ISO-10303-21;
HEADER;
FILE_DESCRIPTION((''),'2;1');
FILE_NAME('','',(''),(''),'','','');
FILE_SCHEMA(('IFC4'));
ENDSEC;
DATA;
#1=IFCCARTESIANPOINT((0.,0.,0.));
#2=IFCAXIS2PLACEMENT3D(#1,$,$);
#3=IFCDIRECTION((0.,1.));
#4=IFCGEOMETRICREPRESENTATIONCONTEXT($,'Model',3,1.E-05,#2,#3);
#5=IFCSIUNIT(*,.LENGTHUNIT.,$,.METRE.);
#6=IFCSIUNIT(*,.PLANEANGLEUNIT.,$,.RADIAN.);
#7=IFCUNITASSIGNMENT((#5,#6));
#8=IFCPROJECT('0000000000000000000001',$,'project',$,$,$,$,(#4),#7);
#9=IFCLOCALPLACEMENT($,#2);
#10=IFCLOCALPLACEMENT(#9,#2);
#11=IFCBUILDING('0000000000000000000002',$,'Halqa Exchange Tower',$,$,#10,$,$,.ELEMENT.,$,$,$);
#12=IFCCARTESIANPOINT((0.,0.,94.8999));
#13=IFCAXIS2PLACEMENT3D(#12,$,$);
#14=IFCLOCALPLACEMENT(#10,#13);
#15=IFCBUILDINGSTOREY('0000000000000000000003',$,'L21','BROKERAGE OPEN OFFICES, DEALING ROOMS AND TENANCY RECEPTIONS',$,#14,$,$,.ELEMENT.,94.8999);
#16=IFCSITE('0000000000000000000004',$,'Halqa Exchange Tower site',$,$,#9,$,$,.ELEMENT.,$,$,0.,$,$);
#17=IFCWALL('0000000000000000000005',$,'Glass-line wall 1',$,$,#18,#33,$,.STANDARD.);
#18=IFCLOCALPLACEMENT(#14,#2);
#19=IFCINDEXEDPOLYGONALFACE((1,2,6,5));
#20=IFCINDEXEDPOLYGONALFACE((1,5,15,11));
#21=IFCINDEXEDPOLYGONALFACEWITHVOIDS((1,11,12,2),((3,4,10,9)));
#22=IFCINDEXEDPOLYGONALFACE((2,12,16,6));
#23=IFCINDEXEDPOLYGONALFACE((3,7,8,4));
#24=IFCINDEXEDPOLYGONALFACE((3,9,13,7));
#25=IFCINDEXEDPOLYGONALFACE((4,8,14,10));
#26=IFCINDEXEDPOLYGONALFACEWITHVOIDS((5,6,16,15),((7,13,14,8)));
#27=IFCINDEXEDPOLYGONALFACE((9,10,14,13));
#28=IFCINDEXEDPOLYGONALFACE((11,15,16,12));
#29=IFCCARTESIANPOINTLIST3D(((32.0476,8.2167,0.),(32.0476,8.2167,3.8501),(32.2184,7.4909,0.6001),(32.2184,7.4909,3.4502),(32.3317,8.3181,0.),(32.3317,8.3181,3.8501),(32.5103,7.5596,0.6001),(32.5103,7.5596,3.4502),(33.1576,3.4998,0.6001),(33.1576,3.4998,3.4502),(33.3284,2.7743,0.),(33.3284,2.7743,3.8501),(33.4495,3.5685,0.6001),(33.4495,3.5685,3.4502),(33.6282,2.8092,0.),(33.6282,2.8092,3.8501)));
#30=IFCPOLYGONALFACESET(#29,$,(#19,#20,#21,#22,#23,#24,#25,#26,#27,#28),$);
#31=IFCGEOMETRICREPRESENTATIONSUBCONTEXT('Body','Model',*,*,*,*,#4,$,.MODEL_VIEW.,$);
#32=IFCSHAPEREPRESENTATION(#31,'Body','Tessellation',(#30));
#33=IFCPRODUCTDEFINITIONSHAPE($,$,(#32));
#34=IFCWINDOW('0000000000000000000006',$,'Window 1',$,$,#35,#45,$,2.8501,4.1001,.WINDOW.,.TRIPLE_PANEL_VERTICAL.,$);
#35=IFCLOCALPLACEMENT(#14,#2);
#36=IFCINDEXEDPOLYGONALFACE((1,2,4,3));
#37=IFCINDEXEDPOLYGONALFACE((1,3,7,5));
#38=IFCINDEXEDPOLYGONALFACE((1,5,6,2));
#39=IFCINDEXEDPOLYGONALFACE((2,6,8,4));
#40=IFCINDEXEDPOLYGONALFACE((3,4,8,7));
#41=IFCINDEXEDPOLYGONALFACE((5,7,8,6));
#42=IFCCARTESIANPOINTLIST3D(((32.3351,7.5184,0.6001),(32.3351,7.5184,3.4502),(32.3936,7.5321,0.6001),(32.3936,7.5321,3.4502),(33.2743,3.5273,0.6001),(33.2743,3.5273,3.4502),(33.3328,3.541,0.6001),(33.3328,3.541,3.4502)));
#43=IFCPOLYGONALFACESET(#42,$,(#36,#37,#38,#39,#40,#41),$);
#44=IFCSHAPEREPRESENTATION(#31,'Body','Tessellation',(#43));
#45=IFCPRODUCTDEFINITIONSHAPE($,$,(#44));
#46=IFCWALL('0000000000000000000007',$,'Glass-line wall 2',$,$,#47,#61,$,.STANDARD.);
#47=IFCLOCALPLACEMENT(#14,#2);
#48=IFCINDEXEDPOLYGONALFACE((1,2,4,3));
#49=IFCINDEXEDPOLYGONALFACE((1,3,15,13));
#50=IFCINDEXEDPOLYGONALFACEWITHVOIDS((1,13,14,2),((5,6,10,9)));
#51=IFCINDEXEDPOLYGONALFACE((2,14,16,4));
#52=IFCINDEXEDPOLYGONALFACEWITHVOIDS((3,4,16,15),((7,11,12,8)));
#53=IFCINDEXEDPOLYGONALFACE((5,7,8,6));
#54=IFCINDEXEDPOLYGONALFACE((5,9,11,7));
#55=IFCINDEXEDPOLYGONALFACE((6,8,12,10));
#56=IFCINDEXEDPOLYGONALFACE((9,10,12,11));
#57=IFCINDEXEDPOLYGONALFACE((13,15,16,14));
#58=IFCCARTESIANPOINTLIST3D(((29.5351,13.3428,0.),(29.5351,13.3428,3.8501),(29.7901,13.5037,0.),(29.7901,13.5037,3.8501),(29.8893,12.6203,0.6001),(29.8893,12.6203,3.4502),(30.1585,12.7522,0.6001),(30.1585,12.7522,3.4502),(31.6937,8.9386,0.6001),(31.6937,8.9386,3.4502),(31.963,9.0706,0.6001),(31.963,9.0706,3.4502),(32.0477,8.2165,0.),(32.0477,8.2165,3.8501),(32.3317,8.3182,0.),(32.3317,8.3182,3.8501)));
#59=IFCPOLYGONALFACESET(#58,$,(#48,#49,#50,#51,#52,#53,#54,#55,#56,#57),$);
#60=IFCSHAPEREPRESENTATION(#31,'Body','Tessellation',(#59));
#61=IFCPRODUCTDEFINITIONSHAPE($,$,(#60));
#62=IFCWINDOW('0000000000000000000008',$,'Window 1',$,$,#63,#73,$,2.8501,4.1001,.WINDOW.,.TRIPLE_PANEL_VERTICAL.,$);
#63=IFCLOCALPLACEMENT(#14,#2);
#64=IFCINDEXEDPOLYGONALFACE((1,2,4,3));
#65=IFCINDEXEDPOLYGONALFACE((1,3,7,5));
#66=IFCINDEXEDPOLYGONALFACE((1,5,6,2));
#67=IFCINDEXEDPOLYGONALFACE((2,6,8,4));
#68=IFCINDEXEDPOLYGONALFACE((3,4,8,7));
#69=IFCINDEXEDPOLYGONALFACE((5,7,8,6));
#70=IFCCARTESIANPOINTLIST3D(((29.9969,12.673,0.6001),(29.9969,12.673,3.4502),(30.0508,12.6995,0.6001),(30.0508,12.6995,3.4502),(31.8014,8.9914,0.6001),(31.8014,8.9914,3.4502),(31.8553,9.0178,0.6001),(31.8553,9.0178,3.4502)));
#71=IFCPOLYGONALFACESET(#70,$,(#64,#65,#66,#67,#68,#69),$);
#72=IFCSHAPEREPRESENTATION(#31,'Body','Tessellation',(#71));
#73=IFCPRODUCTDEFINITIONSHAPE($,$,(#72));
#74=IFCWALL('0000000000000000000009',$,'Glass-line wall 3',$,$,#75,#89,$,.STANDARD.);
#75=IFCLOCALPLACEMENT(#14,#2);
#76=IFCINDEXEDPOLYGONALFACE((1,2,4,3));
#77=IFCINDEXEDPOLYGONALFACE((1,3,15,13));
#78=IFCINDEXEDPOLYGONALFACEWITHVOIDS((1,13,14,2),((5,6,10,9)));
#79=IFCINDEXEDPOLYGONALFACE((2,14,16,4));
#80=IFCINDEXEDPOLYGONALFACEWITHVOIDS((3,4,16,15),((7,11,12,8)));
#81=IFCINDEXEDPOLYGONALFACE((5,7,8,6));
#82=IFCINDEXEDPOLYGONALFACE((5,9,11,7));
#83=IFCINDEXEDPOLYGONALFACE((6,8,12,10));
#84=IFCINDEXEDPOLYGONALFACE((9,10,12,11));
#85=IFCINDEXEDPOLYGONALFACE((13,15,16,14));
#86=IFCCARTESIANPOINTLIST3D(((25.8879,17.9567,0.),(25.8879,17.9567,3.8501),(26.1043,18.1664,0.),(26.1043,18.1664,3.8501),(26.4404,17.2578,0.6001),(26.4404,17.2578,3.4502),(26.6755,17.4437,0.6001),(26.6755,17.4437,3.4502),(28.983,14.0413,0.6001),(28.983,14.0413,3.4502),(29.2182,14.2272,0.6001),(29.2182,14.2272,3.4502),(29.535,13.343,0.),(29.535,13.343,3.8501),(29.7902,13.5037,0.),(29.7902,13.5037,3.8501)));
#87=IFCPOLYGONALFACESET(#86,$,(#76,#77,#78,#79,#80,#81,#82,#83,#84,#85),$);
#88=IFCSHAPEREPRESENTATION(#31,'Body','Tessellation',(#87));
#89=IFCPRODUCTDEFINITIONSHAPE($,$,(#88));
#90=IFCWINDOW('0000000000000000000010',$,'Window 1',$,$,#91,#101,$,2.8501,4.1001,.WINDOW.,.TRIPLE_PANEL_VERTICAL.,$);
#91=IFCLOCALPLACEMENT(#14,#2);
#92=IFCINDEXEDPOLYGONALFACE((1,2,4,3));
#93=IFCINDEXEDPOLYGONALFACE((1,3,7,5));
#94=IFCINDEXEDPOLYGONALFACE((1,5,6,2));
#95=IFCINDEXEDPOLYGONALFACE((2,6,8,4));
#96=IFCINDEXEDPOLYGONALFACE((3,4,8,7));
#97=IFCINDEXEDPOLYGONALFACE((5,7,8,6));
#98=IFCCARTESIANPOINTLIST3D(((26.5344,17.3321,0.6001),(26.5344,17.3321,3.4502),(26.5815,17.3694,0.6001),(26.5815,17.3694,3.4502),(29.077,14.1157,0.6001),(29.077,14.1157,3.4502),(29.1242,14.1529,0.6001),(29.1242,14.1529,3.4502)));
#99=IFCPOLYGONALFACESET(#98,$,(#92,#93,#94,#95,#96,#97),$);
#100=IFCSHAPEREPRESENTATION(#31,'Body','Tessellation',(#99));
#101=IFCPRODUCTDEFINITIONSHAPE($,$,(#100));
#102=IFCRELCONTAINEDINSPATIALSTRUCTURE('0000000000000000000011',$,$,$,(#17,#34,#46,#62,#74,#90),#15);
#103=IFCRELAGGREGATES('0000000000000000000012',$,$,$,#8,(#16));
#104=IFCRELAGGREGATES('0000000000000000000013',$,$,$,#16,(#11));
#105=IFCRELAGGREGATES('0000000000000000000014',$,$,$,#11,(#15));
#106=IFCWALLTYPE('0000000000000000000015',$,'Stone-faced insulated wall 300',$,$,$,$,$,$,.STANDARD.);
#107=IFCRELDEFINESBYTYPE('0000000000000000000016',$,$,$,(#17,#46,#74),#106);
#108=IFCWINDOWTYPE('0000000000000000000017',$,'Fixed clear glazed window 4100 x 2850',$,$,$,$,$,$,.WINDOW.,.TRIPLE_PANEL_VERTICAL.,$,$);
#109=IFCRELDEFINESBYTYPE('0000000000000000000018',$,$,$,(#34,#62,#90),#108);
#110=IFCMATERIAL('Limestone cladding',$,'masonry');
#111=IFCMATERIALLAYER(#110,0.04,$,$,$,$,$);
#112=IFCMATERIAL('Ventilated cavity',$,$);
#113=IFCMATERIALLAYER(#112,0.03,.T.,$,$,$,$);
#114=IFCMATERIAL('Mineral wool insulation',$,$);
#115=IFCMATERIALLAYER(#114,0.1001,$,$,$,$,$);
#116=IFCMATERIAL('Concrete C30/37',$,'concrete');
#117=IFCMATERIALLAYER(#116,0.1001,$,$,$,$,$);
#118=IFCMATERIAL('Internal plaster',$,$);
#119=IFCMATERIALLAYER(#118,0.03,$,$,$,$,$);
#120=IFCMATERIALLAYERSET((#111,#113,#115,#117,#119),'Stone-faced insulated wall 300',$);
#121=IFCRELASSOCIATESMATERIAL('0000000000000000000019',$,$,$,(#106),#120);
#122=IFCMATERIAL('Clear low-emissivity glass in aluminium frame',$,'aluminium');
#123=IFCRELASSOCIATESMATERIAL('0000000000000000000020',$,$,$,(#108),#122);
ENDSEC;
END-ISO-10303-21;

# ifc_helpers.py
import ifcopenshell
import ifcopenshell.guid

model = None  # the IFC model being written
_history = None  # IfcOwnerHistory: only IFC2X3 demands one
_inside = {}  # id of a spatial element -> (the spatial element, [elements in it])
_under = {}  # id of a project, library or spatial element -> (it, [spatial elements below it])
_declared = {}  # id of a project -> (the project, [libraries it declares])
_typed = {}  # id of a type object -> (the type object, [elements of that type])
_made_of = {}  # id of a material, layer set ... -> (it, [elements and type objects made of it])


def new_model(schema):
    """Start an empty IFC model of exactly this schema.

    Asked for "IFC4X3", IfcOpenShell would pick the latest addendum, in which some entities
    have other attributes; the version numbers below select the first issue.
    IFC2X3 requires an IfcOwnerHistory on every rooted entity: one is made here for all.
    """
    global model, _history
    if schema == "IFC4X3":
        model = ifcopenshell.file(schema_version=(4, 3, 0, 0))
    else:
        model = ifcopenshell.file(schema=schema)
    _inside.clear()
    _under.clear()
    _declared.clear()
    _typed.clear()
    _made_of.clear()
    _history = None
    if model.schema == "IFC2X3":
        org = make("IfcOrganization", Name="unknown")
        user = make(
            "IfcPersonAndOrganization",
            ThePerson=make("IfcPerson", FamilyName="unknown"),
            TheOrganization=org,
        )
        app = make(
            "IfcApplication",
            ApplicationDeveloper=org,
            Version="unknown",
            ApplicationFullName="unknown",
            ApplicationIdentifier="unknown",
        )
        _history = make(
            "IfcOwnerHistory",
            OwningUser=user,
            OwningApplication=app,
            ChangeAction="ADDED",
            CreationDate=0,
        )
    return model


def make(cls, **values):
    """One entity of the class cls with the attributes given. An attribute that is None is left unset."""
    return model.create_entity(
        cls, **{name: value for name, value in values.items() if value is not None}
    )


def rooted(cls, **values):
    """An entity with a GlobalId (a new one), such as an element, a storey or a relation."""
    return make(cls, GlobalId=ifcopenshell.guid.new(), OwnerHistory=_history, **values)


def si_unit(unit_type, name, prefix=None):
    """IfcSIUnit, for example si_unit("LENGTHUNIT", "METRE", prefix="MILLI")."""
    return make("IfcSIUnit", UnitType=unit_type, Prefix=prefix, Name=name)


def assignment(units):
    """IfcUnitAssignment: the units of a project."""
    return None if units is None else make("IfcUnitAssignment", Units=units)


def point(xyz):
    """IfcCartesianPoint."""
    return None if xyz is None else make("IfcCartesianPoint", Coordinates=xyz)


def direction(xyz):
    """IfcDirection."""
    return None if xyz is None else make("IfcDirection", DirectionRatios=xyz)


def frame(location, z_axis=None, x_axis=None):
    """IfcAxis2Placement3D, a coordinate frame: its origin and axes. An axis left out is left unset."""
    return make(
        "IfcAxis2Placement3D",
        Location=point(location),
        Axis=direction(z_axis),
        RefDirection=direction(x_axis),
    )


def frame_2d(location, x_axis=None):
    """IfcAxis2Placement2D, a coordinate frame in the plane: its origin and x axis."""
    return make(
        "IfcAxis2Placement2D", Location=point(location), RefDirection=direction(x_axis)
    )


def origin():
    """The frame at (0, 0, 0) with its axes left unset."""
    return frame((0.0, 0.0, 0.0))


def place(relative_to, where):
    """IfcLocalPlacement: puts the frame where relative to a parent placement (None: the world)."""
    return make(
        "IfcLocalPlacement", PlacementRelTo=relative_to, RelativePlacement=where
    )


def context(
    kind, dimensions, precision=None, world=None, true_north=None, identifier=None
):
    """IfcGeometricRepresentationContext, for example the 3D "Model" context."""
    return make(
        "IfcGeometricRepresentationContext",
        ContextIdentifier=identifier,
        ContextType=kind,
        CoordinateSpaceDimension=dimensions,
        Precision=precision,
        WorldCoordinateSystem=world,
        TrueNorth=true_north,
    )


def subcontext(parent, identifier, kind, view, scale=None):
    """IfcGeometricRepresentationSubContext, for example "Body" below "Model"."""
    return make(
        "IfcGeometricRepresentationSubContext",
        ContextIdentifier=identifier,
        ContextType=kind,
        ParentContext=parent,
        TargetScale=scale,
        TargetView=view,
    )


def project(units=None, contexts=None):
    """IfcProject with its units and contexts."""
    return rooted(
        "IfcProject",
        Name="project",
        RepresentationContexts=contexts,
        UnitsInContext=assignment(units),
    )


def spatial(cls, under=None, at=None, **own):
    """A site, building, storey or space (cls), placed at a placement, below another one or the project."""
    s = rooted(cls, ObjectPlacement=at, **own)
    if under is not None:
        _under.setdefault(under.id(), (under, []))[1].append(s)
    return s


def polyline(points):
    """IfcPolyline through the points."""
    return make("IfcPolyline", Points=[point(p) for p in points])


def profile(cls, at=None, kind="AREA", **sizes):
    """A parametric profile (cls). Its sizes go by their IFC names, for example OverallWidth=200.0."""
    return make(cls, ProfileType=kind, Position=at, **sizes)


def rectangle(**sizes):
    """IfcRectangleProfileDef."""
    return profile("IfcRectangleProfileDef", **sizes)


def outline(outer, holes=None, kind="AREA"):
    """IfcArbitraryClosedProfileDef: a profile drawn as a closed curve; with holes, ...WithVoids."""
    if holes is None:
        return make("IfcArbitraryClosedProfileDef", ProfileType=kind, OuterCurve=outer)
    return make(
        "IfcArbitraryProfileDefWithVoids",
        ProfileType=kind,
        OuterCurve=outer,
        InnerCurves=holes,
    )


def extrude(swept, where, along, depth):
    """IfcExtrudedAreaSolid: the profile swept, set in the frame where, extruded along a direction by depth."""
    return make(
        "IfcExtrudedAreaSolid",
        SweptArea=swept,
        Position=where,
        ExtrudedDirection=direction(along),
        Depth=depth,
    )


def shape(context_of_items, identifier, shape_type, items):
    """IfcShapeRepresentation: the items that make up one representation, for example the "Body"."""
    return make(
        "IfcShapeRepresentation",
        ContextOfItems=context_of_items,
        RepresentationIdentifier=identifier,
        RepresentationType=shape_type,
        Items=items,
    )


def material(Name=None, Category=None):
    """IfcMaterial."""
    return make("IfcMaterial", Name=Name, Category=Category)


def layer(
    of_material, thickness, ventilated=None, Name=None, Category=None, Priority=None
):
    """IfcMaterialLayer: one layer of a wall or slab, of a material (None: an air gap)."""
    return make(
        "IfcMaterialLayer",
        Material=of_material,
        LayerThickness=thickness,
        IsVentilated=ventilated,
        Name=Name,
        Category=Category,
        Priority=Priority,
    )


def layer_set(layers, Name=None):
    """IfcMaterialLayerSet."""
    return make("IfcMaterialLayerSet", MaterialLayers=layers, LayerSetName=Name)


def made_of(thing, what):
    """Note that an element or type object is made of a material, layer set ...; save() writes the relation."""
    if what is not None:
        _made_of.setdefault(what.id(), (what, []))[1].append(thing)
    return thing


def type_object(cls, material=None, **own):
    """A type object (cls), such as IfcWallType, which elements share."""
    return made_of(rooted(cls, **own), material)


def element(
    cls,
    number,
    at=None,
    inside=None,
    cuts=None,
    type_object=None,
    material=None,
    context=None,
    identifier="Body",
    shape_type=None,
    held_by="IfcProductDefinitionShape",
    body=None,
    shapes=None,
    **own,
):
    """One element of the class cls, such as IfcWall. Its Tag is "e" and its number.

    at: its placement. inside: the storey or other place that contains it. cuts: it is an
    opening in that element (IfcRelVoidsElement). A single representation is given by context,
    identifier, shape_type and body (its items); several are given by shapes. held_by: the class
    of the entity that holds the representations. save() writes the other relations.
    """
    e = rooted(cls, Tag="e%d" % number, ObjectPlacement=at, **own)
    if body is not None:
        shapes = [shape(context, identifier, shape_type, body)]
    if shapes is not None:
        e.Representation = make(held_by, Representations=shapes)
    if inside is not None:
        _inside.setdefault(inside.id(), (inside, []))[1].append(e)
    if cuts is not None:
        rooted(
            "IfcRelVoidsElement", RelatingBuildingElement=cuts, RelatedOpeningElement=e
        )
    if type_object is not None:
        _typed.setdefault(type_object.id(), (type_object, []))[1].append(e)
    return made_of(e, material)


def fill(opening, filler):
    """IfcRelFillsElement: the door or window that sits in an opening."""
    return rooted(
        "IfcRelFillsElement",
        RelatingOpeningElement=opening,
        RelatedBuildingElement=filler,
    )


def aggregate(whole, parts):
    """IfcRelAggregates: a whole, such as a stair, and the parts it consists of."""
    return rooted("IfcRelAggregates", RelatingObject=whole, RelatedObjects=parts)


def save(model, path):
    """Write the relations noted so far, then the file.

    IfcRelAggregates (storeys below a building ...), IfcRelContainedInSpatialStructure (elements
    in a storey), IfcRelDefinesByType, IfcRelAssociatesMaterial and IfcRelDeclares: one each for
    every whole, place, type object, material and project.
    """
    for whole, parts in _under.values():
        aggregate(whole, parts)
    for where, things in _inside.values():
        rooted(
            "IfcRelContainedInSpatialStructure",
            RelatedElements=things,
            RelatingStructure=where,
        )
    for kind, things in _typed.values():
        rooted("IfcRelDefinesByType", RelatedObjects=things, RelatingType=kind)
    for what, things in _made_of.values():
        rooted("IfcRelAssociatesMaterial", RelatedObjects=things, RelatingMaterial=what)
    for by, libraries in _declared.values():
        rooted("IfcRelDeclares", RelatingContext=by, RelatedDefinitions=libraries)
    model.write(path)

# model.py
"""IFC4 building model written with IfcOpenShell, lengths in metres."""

from ifc_helpers import new_model, si_unit, direction, frame, frame_2d, origin, place, context, subcontext, project, spatial, polyline, rectangle, outline, extrude, material, layer, layer_set, type_object, element, fill, save


model = new_model("IFC4")

# Units and contexts
model_context = context("Model", 3, precision=1e-05, world=origin(), true_north=direction((0.0, 1.0)))
body_context = subcontext(model_context, "Body", "Model", "MODEL_VIEW")
ifc_project = project(units=[si_unit("LENGTHUNIT", "METRE"), si_unit("PLANEANGLEUNIT", "RADIAN")], contexts=[model_context])

# Site, building, storey
site_placement = place(None, origin())
site = spatial("IfcSite", under=ifc_project, at=site_placement, Name="Halqa Exchange Tower site", CompositionType="ELEMENT", RefElevation=0.0)
building_placement = place(site_placement, origin())
building = spatial("IfcBuilding", under=site, at=building_placement, Name="Halqa Exchange Tower", CompositionType="ELEMENT")
storey_placement = place(building_placement, frame((0.0, 0.0, 94.8999)))
storey = spatial("IfcBuildingStorey", under=building, at=storey_placement, Name="L21", Description="BROKERAGE OPEN OFFICES, DEALING ROOMS AND TENANCY RECEPTIONS", CompositionType="ELEMENT", Elevation=94.8999)

# Walls, openings, windows
ifc_material_1 = material(Name="Limestone cladding", Category="masonry")
ifc_layer_1 = layer(ifc_material_1, 0.04)
ifc_material_2 = material(Name="Ventilated cavity")
ifc_layer_2 = layer(ifc_material_2, 0.03, ventilated=True)
ifc_material_3 = material(Name="Mineral wool insulation")
ifc_layer_3 = layer(ifc_material_3, 0.1001)
ifc_material_4 = material(Name="Concrete C30/37", Category="concrete")
ifc_layer_4 = layer(ifc_material_4, 0.1001)
ifc_material_5 = material(Name="Internal plaster")
ifc_layer_5 = layer(ifc_material_5, 0.03)
ifc_layer_set_1 = layer_set([ifc_layer_1, ifc_layer_2, ifc_layer_3, ifc_layer_4, ifc_layer_5], Name="Stone-faced insulated wall 300")
wall_type_1 = type_object("IfcWallType", Name="Stone-faced insulated wall 300", PredefinedType="STANDARD", material=ifc_layer_set_1)
wall_1_placement = place(storey_placement, frame((33.4783, 2.7917, 0.0), z_axis=(0.0, 0.0, 1.0), x_axis=(-0.229073, 0.973409, 0.0)))
wall_1 = element("IfcWall", 1, at=wall_1_placement, inside=storey, type_object=wall_type_1, Name="Glass-line wall 1", PredefinedType="STANDARD", context=body_context, shape_type="SweptSolid", body=[
    extrude(outline(polyline([(-0.0173, -0.1499), (5.6421, -0.1499), (5.6084, 0.1499), (0.0173, 0.1499), (-0.0173, -0.1499)])), origin(), (0.0, 0.0, 1.0), 3.8501),
])
opening_1_placement = place(wall_1_placement, frame((0.7627, 0.0, 0.6001)))
opening_1 = element("IfcOpeningElement", 2, at=opening_1_placement, cuts=wall_1, PredefinedType="OPENING", context=body_context, shape_type="SweptSolid", body=[
    extrude(rectangle(XDim=4.1001, YDim=2.8501, at=frame_2d((2.05, 1.425))), frame((0.0, 0.1621, 0.0), z_axis=(0.0, -1.0, 0.0), x_axis=(1.0, 0.0, 0.0)), (0.0, 0.0, 1.0), 0.324),
])
ifc_material_6 = material(Name="Clear low-emissivity glass in aluminium frame", Category="aluminium")
window_type = type_object("IfcWindowType", Name="Fixed clear glazed window 4100 x 2850", PartitioningType="TRIPLE_PANEL_VERTICAL", PredefinedType="WINDOW", material=ifc_material_6)
window_1_placement = place(opening_1_placement, origin())
window_1 = element("IfcWindow", 3, at=window_1_placement, inside=storey, type_object=window_type, Name="Window 1", OverallHeight=2.8501, OverallWidth=4.1001, PartitioningType="TRIPLE_PANEL_VERTICAL", PredefinedType="WINDOW", context=body_context, shape_type="SweptSolid", body=[
    extrude(rectangle(XDim=4.1001, YDim=2.8501, at=frame_2d((2.05, 1.425))), frame((0.0, 0.03, 0.0), z_axis=(0.0, -1.0, 0.0), x_axis=(1.0, 0.0, 0.0)), (0.0, 0.0, 1.0), 0.0601),
])
fill(opening_1, window_1)
wall_2_placement = place(storey_placement, frame((32.1897, 8.2673, 0.0), z_axis=(0.0, 0.0, 1.0), x_axis=(-0.440107, 0.897945, 0.0)))
wall_2 = element("IfcWall", 4, at=wall_2_placement, inside=storey, type_object=wall_type_1, Name="Glass-line wall 2", PredefinedType="STANDARD", context=body_context, shape_type="SweptSolid", body=[
    extrude(outline(polyline([(-0.0168, -0.1499), (5.7581, -0.1499), (5.7258, 0.1499), (0.0168, 0.1499), (-0.0168, -0.1499)])), origin(), (0.0, 0.0, 1.0), 3.8501),
])
opening_2_placement = place(wall_2_placement, frame((0.821, 0.0, 0.6001)))
opening_2 = element("IfcOpeningElement", 5, at=opening_2_placement, cuts=wall_2, PredefinedType="OPENING", context=body_context, shape_type="SweptSolid", body=[
    extrude(rectangle(XDim=4.1001, YDim=2.8501, at=frame_2d((2.05, 1.425))), frame((0.0, 0.1621, 0.0), z_axis=(0.0, -1.0, 0.0), x_axis=(1.0, 0.0, 0.0)), (0.0, 0.0, 1.0), 0.324),
])
window_2_placement = place(opening_2_placement, origin())
window_2 = element("IfcWindow", 6, at=window_2_placement, inside=storey, type_object=window_type, Name="Window 1", OverallHeight=2.8501, OverallWidth=4.1001, PartitioningType="TRIPLE_PANEL_VERTICAL", PredefinedType="WINDOW", context=body_context, shape_type="SweptSolid", body=[
    extrude(rectangle(XDim=4.1001, YDim=2.8501, at=frame_2d((2.05, 1.425))), frame((0.0, 0.03, 0.0), z_axis=(0.0, -1.0, 0.0), x_axis=(1.0, 0.0, 0.0)), (0.0, 0.0, 1.0), 0.0601),
])
fill(opening_2, window_2)
wall_3_placement = place(storey_placement, frame((29.6626, 13.4233, 0.0), z_axis=(0.0, 0.0, 1.0), x_axis=(-0.620142, 0.784489, 0.0)))
wall_3 = element("IfcWall", 7, at=wall_3_placement, inside=storey, type_object=wall_type_1, Name="Glass-line wall 3", PredefinedType="STANDARD", context=body_context, shape_type="SweptSolid", body=[
    extrude(outline(polyline([(-0.0161, -0.1499), (5.9275, -0.1499), (5.8972, 0.1499), (0.0161, 0.1499), (-0.0161, -0.1499)])), origin(), (0.0, 0.0, 1.0), 3.8501),
])
opening_3_placement = place(wall_3_placement, frame((0.9062, 0.0, 0.6001)))
opening_3 = element("IfcOpeningElement", 8, at=opening_3_placement, cuts=wall_3, PredefinedType="OPENING", context=body_context, shape_type="SweptSolid", body=[
    extrude(rectangle(XDim=4.1001, YDim=2.8501, at=frame_2d((2.05, 1.425))), frame((0.0, 0.1621, 0.0), z_axis=(0.0, -1.0, 0.0), x_axis=(1.0, 0.0, 0.0)), (0.0, 0.0, 1.0), 0.324),
])
window_3_placement = place(opening_3_placement, origin())
window_3 = element("IfcWindow", 9, at=window_3_placement, inside=storey, type_object=window_type, Name="Window 1", OverallHeight=2.8501, OverallWidth=4.1001, PartitioningType="TRIPLE_PANEL_VERTICAL", PredefinedType="WINDOW", context=body_context, shape_type="SweptSolid", body=[
    extrude(rectangle(XDim=4.1001, YDim=2.8501, at=frame_2d((2.05, 1.425))), frame((0.0, 0.03, 0.0), z_axis=(0.0, -1.0, 0.0), x_axis=(1.0, 0.0, 0.0)), (0.0, 0.0, 1.0), 0.0601),
])
fill(opening_3, window_3)

save(model, "model.ifc")
